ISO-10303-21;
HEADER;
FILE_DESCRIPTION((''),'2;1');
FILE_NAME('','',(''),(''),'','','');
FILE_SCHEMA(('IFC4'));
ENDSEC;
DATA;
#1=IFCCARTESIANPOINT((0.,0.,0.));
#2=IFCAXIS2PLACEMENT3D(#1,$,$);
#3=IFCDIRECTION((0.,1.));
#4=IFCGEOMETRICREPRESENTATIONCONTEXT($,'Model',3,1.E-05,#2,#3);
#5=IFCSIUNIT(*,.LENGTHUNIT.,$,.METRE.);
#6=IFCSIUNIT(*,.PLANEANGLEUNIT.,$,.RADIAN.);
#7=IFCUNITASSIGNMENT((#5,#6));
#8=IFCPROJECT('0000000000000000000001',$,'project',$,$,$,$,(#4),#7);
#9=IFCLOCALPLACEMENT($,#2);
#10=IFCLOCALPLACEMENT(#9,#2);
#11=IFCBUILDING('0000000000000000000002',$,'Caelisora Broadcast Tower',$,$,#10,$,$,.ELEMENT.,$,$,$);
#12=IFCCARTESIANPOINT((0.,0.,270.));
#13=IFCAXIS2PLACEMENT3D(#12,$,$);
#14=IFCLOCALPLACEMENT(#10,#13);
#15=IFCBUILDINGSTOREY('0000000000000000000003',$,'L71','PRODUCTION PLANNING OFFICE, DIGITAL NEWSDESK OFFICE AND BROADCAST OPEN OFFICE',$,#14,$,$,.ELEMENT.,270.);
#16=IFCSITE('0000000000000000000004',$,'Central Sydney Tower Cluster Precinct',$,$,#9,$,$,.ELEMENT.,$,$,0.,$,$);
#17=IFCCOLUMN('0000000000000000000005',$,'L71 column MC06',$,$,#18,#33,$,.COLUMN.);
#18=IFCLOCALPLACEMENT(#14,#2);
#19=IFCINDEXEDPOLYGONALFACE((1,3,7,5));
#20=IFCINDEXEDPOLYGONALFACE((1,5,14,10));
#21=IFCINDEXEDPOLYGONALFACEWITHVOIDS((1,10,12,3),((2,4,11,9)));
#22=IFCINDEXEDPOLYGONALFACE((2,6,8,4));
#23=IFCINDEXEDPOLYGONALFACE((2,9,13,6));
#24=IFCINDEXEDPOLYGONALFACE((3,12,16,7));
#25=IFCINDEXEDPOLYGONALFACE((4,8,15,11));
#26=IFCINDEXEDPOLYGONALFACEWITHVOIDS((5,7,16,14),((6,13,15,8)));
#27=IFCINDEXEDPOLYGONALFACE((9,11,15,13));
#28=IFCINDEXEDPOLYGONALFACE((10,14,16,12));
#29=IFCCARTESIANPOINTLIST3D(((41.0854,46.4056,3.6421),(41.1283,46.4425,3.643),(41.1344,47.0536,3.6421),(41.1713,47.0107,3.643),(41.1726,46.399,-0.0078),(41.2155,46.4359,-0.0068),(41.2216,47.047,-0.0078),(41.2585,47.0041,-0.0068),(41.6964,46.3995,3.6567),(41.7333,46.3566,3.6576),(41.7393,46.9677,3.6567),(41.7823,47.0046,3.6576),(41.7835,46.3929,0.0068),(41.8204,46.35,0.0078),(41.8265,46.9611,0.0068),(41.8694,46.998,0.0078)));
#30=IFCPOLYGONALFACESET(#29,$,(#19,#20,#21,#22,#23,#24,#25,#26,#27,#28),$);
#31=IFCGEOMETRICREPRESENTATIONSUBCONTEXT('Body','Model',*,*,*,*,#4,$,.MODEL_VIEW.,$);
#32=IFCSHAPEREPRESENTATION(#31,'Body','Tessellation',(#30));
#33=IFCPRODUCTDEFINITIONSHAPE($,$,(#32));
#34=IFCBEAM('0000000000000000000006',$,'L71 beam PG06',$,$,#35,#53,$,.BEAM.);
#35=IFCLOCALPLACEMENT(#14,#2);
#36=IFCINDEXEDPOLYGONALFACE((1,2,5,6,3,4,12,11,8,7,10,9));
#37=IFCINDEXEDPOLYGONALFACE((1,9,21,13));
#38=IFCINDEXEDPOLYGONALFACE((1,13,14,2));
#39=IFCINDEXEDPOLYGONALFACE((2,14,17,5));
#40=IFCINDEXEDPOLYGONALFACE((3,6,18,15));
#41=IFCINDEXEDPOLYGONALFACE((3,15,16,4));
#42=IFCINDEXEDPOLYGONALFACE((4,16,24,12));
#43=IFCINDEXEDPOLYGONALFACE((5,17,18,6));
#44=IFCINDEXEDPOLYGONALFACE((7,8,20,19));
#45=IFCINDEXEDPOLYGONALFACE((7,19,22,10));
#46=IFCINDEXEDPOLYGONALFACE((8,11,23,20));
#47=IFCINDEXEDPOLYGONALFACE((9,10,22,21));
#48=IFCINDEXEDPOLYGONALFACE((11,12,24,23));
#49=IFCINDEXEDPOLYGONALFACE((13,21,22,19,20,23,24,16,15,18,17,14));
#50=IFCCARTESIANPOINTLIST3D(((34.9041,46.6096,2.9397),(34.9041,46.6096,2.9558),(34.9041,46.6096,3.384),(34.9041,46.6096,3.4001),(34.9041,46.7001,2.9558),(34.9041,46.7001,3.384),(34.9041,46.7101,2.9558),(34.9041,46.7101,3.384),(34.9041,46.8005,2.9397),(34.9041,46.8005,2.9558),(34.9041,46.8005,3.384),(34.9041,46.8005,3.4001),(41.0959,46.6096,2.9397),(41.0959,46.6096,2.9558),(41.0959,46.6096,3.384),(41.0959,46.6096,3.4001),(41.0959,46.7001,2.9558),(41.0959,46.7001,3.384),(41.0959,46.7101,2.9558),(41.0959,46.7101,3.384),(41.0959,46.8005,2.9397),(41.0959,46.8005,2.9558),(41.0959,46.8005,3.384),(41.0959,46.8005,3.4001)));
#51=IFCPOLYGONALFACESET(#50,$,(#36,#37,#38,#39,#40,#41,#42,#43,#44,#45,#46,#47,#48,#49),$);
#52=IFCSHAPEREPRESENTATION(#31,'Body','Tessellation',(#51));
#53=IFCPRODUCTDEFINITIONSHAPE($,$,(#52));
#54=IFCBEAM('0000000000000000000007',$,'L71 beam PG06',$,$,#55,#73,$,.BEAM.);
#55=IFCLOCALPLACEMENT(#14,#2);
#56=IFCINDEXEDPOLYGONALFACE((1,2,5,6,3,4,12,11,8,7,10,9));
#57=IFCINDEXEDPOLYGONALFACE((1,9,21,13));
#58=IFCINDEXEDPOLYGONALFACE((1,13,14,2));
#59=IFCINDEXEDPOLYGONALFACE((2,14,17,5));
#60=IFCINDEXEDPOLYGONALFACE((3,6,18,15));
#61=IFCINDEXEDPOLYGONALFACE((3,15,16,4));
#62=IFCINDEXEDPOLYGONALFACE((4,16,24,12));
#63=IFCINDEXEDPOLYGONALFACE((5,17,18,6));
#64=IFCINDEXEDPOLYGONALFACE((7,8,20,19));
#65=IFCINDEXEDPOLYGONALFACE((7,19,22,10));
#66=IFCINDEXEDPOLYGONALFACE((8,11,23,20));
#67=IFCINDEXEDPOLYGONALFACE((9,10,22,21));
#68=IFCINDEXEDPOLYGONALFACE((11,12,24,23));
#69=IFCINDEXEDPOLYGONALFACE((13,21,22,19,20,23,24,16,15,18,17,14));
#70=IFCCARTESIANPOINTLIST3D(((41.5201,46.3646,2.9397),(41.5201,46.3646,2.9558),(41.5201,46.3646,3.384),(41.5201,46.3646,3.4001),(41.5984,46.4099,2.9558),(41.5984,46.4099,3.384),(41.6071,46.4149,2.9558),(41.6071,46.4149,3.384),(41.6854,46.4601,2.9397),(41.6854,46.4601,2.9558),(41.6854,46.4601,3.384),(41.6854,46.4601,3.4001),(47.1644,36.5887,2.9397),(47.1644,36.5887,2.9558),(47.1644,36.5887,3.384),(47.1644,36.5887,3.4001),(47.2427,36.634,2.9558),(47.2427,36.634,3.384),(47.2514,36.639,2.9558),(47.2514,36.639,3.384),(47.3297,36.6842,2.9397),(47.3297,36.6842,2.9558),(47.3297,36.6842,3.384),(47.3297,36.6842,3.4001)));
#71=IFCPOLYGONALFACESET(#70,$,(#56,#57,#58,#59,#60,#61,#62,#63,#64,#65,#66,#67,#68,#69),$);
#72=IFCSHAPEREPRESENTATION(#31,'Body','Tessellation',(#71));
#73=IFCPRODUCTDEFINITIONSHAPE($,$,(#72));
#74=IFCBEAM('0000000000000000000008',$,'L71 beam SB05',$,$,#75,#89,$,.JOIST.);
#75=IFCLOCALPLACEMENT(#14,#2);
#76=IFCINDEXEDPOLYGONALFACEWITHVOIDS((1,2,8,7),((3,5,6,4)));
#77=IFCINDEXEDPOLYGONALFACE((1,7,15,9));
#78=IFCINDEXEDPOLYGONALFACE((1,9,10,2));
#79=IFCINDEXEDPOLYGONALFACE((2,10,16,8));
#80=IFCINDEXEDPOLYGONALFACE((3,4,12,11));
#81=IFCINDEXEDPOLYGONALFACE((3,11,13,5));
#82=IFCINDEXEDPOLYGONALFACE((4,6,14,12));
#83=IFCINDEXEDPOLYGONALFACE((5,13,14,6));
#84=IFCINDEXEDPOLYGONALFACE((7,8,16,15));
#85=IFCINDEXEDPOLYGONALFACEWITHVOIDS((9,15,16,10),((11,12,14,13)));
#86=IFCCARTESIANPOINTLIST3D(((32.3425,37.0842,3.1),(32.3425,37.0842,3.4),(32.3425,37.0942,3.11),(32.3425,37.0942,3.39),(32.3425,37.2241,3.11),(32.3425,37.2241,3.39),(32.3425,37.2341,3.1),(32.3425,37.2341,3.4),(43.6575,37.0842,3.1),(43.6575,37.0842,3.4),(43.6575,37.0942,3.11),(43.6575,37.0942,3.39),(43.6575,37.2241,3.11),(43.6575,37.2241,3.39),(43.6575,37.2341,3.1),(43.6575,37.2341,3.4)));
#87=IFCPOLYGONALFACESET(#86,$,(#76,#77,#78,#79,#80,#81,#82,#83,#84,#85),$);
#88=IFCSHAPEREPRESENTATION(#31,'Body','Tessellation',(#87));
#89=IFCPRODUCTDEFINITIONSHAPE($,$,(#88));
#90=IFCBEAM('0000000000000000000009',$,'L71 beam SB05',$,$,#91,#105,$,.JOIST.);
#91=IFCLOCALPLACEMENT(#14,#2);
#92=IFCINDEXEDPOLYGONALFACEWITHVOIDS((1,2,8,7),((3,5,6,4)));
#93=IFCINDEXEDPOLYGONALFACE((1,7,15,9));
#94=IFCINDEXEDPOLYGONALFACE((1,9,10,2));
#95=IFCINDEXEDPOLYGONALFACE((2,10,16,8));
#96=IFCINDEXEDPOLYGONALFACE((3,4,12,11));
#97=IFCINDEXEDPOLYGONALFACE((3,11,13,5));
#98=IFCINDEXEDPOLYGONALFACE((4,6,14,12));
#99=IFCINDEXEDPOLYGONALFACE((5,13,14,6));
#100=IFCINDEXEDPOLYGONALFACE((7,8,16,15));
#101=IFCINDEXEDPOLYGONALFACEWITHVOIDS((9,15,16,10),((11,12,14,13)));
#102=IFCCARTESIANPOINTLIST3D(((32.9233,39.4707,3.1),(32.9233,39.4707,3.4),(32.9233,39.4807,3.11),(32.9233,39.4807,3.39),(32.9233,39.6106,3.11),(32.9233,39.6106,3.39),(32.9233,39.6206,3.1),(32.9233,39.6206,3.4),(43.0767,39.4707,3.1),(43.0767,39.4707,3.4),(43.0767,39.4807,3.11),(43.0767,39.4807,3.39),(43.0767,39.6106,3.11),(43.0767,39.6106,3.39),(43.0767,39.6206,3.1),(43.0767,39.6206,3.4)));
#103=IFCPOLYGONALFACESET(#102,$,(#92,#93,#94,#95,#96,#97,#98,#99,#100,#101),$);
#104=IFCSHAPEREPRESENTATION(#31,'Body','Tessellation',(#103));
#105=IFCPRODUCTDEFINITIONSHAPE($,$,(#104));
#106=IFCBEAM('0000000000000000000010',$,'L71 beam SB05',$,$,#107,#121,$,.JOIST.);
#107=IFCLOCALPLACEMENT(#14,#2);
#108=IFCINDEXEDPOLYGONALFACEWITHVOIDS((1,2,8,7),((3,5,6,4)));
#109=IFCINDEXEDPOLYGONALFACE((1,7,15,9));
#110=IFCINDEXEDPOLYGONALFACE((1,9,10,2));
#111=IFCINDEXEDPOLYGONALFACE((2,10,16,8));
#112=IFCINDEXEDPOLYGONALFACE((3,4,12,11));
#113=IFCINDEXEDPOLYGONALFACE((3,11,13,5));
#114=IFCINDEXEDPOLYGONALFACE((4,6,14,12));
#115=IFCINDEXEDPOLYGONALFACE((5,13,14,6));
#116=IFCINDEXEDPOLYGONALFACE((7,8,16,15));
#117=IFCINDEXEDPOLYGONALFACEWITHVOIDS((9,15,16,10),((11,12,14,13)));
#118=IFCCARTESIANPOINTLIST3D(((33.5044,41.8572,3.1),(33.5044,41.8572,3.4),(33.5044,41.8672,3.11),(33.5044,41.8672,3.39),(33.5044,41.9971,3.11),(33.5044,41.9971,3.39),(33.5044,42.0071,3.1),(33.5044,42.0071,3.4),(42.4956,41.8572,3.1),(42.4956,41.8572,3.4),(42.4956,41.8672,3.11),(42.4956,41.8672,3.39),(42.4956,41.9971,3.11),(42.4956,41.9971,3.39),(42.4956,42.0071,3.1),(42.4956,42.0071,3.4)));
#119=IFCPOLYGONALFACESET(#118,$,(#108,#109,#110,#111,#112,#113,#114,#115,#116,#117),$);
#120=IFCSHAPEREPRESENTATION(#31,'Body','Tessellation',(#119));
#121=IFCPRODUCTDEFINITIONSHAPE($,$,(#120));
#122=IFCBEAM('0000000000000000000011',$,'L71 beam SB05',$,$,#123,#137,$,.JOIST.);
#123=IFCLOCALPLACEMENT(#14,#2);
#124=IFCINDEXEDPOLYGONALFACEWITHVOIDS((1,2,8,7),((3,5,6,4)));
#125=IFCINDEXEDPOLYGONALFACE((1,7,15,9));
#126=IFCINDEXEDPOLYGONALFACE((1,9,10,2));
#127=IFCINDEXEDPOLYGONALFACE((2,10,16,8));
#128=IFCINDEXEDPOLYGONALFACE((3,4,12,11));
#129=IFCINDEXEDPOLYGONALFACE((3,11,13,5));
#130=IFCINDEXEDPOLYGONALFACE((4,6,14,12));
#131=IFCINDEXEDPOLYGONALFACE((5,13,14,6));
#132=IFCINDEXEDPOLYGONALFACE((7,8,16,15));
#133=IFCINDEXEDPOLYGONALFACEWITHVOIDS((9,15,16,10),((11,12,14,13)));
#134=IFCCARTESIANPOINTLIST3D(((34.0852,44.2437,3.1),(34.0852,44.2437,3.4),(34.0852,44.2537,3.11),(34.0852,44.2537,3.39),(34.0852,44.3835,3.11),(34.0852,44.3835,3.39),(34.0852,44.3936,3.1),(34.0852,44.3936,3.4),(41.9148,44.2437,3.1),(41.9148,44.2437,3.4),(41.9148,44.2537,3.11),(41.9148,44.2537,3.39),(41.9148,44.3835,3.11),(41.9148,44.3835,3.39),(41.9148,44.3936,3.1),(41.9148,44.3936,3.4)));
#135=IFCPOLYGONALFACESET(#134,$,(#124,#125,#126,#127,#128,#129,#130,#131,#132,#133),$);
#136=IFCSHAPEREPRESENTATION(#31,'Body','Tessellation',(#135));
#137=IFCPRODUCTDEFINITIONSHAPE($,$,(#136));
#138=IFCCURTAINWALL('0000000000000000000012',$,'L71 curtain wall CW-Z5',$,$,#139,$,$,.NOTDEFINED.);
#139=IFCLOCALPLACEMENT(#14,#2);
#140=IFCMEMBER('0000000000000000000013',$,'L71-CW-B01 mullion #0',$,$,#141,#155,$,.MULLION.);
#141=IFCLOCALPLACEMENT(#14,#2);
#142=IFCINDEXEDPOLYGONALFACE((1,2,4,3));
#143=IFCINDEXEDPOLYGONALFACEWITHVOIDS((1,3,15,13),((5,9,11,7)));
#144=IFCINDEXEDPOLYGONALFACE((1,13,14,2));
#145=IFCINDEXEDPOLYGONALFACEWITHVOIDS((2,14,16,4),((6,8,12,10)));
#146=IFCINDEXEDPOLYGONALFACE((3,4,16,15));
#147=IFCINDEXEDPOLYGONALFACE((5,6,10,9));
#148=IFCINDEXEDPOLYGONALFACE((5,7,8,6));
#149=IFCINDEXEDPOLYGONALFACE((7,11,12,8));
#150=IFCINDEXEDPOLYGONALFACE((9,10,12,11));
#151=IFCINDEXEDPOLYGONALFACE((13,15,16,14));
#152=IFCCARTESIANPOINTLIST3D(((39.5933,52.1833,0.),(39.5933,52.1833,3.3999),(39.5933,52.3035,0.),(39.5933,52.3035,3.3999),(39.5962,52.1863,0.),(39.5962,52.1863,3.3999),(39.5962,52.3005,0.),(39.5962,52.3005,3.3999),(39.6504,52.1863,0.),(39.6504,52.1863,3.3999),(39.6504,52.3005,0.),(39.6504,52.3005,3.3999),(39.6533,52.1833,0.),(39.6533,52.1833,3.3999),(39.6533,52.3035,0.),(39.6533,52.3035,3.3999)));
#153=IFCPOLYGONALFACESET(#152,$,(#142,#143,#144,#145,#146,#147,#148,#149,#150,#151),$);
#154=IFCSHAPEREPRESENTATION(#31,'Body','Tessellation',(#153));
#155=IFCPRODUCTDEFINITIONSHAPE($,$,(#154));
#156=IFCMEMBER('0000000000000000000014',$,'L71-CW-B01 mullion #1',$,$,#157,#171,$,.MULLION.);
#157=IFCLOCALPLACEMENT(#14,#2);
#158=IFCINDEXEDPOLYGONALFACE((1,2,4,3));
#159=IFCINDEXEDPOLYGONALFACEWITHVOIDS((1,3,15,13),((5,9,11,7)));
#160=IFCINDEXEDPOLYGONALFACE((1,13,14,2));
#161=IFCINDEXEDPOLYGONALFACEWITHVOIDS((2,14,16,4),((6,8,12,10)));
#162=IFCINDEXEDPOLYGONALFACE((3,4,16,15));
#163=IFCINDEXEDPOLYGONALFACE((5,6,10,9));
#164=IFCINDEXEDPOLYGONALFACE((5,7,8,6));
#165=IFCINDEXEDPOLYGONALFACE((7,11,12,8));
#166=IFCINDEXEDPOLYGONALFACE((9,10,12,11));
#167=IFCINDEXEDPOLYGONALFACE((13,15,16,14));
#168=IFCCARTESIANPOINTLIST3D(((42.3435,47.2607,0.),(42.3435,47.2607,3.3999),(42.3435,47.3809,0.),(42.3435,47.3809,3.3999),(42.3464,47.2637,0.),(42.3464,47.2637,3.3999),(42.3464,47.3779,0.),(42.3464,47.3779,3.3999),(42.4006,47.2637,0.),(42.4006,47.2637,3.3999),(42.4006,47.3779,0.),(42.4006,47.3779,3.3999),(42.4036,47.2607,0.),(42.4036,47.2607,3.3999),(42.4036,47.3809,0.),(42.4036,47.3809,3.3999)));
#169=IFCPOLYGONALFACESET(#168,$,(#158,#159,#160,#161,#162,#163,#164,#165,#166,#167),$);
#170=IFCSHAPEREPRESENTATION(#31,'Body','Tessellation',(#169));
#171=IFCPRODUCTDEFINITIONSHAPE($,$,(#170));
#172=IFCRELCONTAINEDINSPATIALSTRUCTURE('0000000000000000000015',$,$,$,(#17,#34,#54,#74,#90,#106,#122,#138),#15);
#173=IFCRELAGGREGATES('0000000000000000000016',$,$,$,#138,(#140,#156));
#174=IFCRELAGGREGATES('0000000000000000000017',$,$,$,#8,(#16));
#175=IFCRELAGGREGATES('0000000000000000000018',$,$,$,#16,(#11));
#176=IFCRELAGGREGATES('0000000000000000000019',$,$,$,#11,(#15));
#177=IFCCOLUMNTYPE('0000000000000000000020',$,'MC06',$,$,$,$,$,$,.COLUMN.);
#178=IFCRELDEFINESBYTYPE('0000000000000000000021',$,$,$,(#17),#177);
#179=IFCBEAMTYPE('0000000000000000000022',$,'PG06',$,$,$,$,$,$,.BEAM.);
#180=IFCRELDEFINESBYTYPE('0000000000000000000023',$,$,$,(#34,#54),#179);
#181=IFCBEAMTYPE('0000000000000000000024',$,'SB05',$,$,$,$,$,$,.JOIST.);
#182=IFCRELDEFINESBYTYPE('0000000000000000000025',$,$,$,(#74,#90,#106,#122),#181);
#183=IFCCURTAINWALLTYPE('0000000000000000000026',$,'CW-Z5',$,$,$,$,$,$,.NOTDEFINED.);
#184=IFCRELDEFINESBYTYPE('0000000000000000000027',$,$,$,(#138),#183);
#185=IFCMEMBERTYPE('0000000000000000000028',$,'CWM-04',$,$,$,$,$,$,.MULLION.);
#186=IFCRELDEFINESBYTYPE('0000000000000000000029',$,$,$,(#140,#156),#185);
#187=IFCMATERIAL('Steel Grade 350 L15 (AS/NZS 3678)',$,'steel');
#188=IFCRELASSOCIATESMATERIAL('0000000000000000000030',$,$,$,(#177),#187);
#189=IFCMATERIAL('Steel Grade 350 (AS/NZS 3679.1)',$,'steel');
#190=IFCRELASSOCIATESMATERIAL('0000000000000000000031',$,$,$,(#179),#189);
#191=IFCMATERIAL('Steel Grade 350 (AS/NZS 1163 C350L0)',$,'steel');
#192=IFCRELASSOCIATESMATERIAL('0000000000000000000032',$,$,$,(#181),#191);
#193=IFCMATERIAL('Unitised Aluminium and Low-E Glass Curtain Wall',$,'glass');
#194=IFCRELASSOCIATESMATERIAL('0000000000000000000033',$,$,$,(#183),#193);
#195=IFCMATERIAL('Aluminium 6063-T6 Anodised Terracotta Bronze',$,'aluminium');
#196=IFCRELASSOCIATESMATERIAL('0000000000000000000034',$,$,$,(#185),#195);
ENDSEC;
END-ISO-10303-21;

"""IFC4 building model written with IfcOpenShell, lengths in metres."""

from ifc_helpers import new_model, si_unit, direction, frame, origin, origin_2d, place, context, subcontext, project, spatial, hollow_rectangle, i_section, extrude, source, transform, mapped, material, material_profile, profile_set, type_object, type_shapes, element, aggregate, save


model = new_model("IFC4")

# Units and contexts
model_context = context("Model", 3, precision=1e-05, world=origin(), true_north=direction((0.0, 1.0)))
body_context = subcontext(model_context, "Body", "Model", "MODEL_VIEW")
ifc_project = project(units=[si_unit("LENGTHUNIT", "METRE"), si_unit("PLANEANGLEUNIT", "RADIAN")], contexts=[model_context])

# Site, building, storey
site_placement = place(None, origin())
site = spatial("IfcSite", under=ifc_project, at=site_placement, Name="Central Sydney Tower Cluster Precinct", CompositionType="ELEMENT", RefElevation=0.0)
building_placement = place(site_placement, origin())
building = spatial("IfcBuilding", under=site, at=building_placement, Name="Caelisora Broadcast Tower", CompositionType="ELEMENT")
storey_placement = place(building_placement, frame((0.0, 0.0, 270.0)))
storey = spatial("IfcBuildingStorey", under=building, at=storey_placement, Name="L71", Description="PRODUCTION PLANNING OFFICE, DIGITAL NEWSDESK OFFICE AND BROADCAST OPEN OFFICE", CompositionType="ELEMENT", Elevation=270.0)

# Column
ifc_material_1 = material(Name="Steel Grade 350 L15 (AS/NZS 3678)", Category="steel")
ifc_material_profile_1 = material_profile(ifc_material_1, hollow_rectangle(XDim=0.6499, YDim=0.6499, WallThickness=0.04, at=origin_2d()), Name="Steel Grade 350 L15 (AS/NZS 3678)")
ifc_profile_set_1 = profile_set([ifc_material_profile_1], Name="Steel Grade 350 L15 (AS/NZS 3678)")
column_type = type_object("IfcColumnType", Name="MC06", PredefinedType="COLUMN", material=ifc_profile_set_1)
shared_shape_1 = source(origin(), body_context, "Body", "SweptSolid", [
    extrude(hollow_rectangle(XDim=0.6499, YDim=0.6499, WallThickness=0.04, at=origin_2d()), origin(), (0.0, 0.0, 1.0), 3.6509),
])
type_shapes(column_type, [shared_shape_1])
column_placement = place(storey_placement, frame((41.521, 46.6985, 0.0), z_axis=(-0.023873, 0.001806, 0.999713), x_axis=(-0.075415, -0.997152, 0.0)))
element("IfcColumn", 1, at=column_placement, inside=storey, type_object=column_type, Name="L71 column MC06", PredefinedType="COLUMN", context=body_context, shape_type="MappedRepresentation", body=[
    mapped(shared_shape_1, transform((0.0, 0.0, 0.0), scale=1.0)),
])

# Beams
ifc_material_2 = material(Name="Steel Grade 350 (AS/NZS 3679.1)", Category="steel")
ifc_material_profile_2 = material_profile(ifc_material_2, i_section(OverallWidth=0.1909, OverallDepth=0.4604, WebThickness=0.01, FlangeThickness=0.0161, at=origin_2d()), Name="Steel Grade 350 (AS/NZS 3679.1)")
ifc_profile_set_2 = profile_set([ifc_material_profile_2], Name="Steel Grade 350 (AS/NZS 3679.1)")
beam_type_1 = type_object("IfcBeamType", Name="PG06", PredefinedType="BEAM", material=ifc_profile_set_2)
shared_shape_2 = source(origin(), body_context, "Body", "SweptSolid", [
    extrude(i_section(OverallWidth=0.1909, OverallDepth=0.4604, WebThickness=0.01, FlangeThickness=0.0161, at=origin_2d()), origin(), (0.0, 0.0, 1.0), 6.1919),
])
beam_1_placement = place(storey_placement, frame((41.0959, 46.7051, 3.1699), z_axis=(-1.0, 0.0, 0.0), x_axis=(0.0, -1.0, 0.0)))
element("IfcBeam", 2, at=beam_1_placement, inside=storey, type_object=beam_type_1, Name="L71 beam PG06", PredefinedType="BEAM", context=body_context, shape_type="MappedRepresentation", body=[
    mapped(shared_shape_2, transform((0.0, 0.0, 0.0), scale=1.0)),
])
shared_shape_3 = source(origin(), body_context, "Body", "SweptSolid", [
    extrude(i_section(OverallWidth=0.1909, OverallDepth=0.4604, WebThickness=0.01, FlangeThickness=0.0161, at=origin_2d()), origin(), (0.0, 0.0, 1.0), 11.2883),
])
type_shapes(beam_type_1, [shared_shape_2, shared_shape_3])
beam_2_placement = place(storey_placement, frame((47.2471, 36.6365, 3.1699), z_axis=(-0.500012, 0.866018, 0.0), x_axis=(-0.866018, -0.500012, 0.0)))
element("IfcBeam", 3, at=beam_2_placement, inside=storey, type_object=beam_type_1, Name="L71 beam PG06", PredefinedType="BEAM", context=body_context, shape_type="MappedRepresentation", body=[
    mapped(shared_shape_3, transform((0.0, 0.0, 0.0), scale=1.0)),
])
ifc_material_3 = material(Name="Steel Grade 350 (AS/NZS 1163 C350L0)", Category="steel")
ifc_material_profile_3 = material_profile(ifc_material_3, hollow_rectangle(XDim=0.1499, YDim=0.3, WallThickness=0.01, at=origin_2d()), Name="Steel Grade 350 (AS/NZS 1163 C350L0)")
ifc_profile_set_3 = profile_set([ifc_material_profile_3], Name="Steel Grade 350 (AS/NZS 1163 C350L0)")
beam_type_2 = type_object("IfcBeamType", Name="SB05", PredefinedType="JOIST", material=ifc_profile_set_3)
shared_shape_4 = source(origin(), body_context, "Body", "SweptSolid", [
    extrude(hollow_rectangle(XDim=0.1499, YDim=0.3, WallThickness=0.01, at=origin_2d()), origin(), (0.0, 0.0, 1.0), 11.3149),
])
beam_3_placement = place(storey_placement, frame((43.6575, 37.1592, 3.25), z_axis=(-1.0, 0.0, 0.0), x_axis=(0.0, -1.0, 0.0)))
element("IfcBeam", 4, at=beam_3_placement, inside=storey, type_object=beam_type_2, Name="L71 beam SB05", PredefinedType="JOIST", context=body_context, shape_type="MappedRepresentation", body=[
    mapped(shared_shape_4, transform((0.0, 0.0, 0.0), scale=1.0)),
])
shared_shape_5 = source(origin(), body_context, "Body", "SweptSolid", [
    extrude(hollow_rectangle(XDim=0.1499, YDim=0.3, WallThickness=0.01, at=origin_2d()), origin(), (0.0, 0.0, 1.0), 10.1533),
])
beam_4_placement = place(storey_placement, frame((43.0767, 39.5457, 3.25), z_axis=(-1.0, 0.0, 0.0), x_axis=(0.0, -1.0, 0.0)))
element("IfcBeam", 5, at=beam_4_placement, inside=storey, type_object=beam_type_2, Name="L71 beam SB05", PredefinedType="JOIST", context=body_context, shape_type="MappedRepresentation", body=[
    mapped(shared_shape_5, transform((0.0, 0.0, 0.0), scale=1.0)),
])
shared_shape_6 = source(origin(), body_context, "Body", "SweptSolid", [
    extrude(hollow_rectangle(XDim=0.1499, YDim=0.3, WallThickness=0.01, at=origin_2d()), origin(), (0.0, 0.0, 1.0), 8.9912),
])
beam_5_placement = place(storey_placement, frame((42.4956, 41.9321, 3.25), z_axis=(-1.0, 0.0, 0.0), x_axis=(0.0, -1.0, 0.0)))
element("IfcBeam", 6, at=beam_5_placement, inside=storey, type_object=beam_type_2, Name="L71 beam SB05", PredefinedType="JOIST", context=body_context, shape_type="MappedRepresentation", body=[
    mapped(shared_shape_6, transform((0.0, 0.0, 0.0), scale=1.0)),
])
shared_shape_7 = source(origin(), body_context, "Body", "SweptSolid", [
    extrude(hollow_rectangle(XDim=0.1499, YDim=0.3, WallThickness=0.01, at=origin_2d()), origin(), (0.0, 0.0, 1.0), 7.8296),
])
type_shapes(beam_type_2, [shared_shape_4, shared_shape_5, shared_shape_6, shared_shape_7])
beam_6_placement = place(storey_placement, frame((41.9148, 44.3186, 3.25), z_axis=(-1.0, 0.0, 0.0), x_axis=(0.0, -1.0, 0.0)))
element("IfcBeam", 7, at=beam_6_placement, inside=storey, type_object=beam_type_2, Name="L71 beam SB05", PredefinedType="JOIST", context=body_context, shape_type="MappedRepresentation", body=[
    mapped(shared_shape_7, transform((0.0, 0.0, 0.0), scale=1.0)),
])

# Curtain wall, members
ifc_material_4 = material(Name="Unitised Aluminium and Low-E Glass Curtain Wall", Category="glass")
curtain_wall_type_1 = type_object("IfcCurtainWallType", Name="CW-Z5", PredefinedType="NOTDEFINED", material=ifc_material_4)
curtain_wall_1_placement = place(storey_placement, origin())
curtain_wall_1 = element("IfcCurtainWall", 8, at=curtain_wall_1_placement, inside=storey, type_object=curtain_wall_type_1, Name="L71 curtain wall CW-Z5", PredefinedType="NOTDEFINED")
ifc_material_5 = material(Name="Aluminium 6063-T6 Anodised Terracotta Bronze", Category="aluminium")
ifc_material_profile_4 = material_profile(ifc_material_5, hollow_rectangle(XDim=0.0601, YDim=0.1201, WallThickness=0.0029, at=origin_2d()), Name="Aluminium 6063-T6 Anodised Terracotta Bronze")
ifc_profile_set_4 = profile_set([ifc_material_profile_4], Name="Aluminium 6063-T6 Anodised Terracotta Bronze")
member_type_1 = type_object("IfcMemberType", Name="CWM-04", PredefinedType="MULLION", material=ifc_profile_set_4)
shared_shape_8 = source(origin(), body_context, "Body", "SweptSolid", [
    extrude(hollow_rectangle(XDim=0.0601, YDim=0.1201, WallThickness=0.0029, at=origin_2d()), origin(), (0.0, 0.0, 1.0), 3.3999),
])
type_shapes(member_type_1, [shared_shape_8])
member_1_placement = place(storey_placement, frame((39.6233, 52.2434, 0.0), z_axis=(0.0, 0.0, 1.0), x_axis=(1.0, 0.0, 0.0)))
member_1 = element("IfcMember", 9, at=member_1_placement, type_object=member_type_1, Name="L71-CW-B01 mullion #0", PredefinedType="MULLION", context=body_context, shape_type="MappedRepresentation", body=[
    mapped(shared_shape_8, transform((0.0, 0.0, 0.0), scale=1.0)),
])
member_2_placement = place(storey_placement, frame((42.3735, 47.3208, 0.0), z_axis=(0.0, 0.0, 1.0), x_axis=(1.0, 0.0, 0.0)))
member_2 = element("IfcMember", 10, at=member_2_placement, type_object=member_type_1, Name="L71-CW-B01 mullion #1", PredefinedType="MULLION", context=body_context, shape_type="MappedRepresentation", body=[
    mapped(shared_shape_8, transform((0.0, 0.0, 0.0), scale=1.0)),
])

aggregate(curtain_wall_1, [member_1, member_2])

save(model, "model.ifc")
